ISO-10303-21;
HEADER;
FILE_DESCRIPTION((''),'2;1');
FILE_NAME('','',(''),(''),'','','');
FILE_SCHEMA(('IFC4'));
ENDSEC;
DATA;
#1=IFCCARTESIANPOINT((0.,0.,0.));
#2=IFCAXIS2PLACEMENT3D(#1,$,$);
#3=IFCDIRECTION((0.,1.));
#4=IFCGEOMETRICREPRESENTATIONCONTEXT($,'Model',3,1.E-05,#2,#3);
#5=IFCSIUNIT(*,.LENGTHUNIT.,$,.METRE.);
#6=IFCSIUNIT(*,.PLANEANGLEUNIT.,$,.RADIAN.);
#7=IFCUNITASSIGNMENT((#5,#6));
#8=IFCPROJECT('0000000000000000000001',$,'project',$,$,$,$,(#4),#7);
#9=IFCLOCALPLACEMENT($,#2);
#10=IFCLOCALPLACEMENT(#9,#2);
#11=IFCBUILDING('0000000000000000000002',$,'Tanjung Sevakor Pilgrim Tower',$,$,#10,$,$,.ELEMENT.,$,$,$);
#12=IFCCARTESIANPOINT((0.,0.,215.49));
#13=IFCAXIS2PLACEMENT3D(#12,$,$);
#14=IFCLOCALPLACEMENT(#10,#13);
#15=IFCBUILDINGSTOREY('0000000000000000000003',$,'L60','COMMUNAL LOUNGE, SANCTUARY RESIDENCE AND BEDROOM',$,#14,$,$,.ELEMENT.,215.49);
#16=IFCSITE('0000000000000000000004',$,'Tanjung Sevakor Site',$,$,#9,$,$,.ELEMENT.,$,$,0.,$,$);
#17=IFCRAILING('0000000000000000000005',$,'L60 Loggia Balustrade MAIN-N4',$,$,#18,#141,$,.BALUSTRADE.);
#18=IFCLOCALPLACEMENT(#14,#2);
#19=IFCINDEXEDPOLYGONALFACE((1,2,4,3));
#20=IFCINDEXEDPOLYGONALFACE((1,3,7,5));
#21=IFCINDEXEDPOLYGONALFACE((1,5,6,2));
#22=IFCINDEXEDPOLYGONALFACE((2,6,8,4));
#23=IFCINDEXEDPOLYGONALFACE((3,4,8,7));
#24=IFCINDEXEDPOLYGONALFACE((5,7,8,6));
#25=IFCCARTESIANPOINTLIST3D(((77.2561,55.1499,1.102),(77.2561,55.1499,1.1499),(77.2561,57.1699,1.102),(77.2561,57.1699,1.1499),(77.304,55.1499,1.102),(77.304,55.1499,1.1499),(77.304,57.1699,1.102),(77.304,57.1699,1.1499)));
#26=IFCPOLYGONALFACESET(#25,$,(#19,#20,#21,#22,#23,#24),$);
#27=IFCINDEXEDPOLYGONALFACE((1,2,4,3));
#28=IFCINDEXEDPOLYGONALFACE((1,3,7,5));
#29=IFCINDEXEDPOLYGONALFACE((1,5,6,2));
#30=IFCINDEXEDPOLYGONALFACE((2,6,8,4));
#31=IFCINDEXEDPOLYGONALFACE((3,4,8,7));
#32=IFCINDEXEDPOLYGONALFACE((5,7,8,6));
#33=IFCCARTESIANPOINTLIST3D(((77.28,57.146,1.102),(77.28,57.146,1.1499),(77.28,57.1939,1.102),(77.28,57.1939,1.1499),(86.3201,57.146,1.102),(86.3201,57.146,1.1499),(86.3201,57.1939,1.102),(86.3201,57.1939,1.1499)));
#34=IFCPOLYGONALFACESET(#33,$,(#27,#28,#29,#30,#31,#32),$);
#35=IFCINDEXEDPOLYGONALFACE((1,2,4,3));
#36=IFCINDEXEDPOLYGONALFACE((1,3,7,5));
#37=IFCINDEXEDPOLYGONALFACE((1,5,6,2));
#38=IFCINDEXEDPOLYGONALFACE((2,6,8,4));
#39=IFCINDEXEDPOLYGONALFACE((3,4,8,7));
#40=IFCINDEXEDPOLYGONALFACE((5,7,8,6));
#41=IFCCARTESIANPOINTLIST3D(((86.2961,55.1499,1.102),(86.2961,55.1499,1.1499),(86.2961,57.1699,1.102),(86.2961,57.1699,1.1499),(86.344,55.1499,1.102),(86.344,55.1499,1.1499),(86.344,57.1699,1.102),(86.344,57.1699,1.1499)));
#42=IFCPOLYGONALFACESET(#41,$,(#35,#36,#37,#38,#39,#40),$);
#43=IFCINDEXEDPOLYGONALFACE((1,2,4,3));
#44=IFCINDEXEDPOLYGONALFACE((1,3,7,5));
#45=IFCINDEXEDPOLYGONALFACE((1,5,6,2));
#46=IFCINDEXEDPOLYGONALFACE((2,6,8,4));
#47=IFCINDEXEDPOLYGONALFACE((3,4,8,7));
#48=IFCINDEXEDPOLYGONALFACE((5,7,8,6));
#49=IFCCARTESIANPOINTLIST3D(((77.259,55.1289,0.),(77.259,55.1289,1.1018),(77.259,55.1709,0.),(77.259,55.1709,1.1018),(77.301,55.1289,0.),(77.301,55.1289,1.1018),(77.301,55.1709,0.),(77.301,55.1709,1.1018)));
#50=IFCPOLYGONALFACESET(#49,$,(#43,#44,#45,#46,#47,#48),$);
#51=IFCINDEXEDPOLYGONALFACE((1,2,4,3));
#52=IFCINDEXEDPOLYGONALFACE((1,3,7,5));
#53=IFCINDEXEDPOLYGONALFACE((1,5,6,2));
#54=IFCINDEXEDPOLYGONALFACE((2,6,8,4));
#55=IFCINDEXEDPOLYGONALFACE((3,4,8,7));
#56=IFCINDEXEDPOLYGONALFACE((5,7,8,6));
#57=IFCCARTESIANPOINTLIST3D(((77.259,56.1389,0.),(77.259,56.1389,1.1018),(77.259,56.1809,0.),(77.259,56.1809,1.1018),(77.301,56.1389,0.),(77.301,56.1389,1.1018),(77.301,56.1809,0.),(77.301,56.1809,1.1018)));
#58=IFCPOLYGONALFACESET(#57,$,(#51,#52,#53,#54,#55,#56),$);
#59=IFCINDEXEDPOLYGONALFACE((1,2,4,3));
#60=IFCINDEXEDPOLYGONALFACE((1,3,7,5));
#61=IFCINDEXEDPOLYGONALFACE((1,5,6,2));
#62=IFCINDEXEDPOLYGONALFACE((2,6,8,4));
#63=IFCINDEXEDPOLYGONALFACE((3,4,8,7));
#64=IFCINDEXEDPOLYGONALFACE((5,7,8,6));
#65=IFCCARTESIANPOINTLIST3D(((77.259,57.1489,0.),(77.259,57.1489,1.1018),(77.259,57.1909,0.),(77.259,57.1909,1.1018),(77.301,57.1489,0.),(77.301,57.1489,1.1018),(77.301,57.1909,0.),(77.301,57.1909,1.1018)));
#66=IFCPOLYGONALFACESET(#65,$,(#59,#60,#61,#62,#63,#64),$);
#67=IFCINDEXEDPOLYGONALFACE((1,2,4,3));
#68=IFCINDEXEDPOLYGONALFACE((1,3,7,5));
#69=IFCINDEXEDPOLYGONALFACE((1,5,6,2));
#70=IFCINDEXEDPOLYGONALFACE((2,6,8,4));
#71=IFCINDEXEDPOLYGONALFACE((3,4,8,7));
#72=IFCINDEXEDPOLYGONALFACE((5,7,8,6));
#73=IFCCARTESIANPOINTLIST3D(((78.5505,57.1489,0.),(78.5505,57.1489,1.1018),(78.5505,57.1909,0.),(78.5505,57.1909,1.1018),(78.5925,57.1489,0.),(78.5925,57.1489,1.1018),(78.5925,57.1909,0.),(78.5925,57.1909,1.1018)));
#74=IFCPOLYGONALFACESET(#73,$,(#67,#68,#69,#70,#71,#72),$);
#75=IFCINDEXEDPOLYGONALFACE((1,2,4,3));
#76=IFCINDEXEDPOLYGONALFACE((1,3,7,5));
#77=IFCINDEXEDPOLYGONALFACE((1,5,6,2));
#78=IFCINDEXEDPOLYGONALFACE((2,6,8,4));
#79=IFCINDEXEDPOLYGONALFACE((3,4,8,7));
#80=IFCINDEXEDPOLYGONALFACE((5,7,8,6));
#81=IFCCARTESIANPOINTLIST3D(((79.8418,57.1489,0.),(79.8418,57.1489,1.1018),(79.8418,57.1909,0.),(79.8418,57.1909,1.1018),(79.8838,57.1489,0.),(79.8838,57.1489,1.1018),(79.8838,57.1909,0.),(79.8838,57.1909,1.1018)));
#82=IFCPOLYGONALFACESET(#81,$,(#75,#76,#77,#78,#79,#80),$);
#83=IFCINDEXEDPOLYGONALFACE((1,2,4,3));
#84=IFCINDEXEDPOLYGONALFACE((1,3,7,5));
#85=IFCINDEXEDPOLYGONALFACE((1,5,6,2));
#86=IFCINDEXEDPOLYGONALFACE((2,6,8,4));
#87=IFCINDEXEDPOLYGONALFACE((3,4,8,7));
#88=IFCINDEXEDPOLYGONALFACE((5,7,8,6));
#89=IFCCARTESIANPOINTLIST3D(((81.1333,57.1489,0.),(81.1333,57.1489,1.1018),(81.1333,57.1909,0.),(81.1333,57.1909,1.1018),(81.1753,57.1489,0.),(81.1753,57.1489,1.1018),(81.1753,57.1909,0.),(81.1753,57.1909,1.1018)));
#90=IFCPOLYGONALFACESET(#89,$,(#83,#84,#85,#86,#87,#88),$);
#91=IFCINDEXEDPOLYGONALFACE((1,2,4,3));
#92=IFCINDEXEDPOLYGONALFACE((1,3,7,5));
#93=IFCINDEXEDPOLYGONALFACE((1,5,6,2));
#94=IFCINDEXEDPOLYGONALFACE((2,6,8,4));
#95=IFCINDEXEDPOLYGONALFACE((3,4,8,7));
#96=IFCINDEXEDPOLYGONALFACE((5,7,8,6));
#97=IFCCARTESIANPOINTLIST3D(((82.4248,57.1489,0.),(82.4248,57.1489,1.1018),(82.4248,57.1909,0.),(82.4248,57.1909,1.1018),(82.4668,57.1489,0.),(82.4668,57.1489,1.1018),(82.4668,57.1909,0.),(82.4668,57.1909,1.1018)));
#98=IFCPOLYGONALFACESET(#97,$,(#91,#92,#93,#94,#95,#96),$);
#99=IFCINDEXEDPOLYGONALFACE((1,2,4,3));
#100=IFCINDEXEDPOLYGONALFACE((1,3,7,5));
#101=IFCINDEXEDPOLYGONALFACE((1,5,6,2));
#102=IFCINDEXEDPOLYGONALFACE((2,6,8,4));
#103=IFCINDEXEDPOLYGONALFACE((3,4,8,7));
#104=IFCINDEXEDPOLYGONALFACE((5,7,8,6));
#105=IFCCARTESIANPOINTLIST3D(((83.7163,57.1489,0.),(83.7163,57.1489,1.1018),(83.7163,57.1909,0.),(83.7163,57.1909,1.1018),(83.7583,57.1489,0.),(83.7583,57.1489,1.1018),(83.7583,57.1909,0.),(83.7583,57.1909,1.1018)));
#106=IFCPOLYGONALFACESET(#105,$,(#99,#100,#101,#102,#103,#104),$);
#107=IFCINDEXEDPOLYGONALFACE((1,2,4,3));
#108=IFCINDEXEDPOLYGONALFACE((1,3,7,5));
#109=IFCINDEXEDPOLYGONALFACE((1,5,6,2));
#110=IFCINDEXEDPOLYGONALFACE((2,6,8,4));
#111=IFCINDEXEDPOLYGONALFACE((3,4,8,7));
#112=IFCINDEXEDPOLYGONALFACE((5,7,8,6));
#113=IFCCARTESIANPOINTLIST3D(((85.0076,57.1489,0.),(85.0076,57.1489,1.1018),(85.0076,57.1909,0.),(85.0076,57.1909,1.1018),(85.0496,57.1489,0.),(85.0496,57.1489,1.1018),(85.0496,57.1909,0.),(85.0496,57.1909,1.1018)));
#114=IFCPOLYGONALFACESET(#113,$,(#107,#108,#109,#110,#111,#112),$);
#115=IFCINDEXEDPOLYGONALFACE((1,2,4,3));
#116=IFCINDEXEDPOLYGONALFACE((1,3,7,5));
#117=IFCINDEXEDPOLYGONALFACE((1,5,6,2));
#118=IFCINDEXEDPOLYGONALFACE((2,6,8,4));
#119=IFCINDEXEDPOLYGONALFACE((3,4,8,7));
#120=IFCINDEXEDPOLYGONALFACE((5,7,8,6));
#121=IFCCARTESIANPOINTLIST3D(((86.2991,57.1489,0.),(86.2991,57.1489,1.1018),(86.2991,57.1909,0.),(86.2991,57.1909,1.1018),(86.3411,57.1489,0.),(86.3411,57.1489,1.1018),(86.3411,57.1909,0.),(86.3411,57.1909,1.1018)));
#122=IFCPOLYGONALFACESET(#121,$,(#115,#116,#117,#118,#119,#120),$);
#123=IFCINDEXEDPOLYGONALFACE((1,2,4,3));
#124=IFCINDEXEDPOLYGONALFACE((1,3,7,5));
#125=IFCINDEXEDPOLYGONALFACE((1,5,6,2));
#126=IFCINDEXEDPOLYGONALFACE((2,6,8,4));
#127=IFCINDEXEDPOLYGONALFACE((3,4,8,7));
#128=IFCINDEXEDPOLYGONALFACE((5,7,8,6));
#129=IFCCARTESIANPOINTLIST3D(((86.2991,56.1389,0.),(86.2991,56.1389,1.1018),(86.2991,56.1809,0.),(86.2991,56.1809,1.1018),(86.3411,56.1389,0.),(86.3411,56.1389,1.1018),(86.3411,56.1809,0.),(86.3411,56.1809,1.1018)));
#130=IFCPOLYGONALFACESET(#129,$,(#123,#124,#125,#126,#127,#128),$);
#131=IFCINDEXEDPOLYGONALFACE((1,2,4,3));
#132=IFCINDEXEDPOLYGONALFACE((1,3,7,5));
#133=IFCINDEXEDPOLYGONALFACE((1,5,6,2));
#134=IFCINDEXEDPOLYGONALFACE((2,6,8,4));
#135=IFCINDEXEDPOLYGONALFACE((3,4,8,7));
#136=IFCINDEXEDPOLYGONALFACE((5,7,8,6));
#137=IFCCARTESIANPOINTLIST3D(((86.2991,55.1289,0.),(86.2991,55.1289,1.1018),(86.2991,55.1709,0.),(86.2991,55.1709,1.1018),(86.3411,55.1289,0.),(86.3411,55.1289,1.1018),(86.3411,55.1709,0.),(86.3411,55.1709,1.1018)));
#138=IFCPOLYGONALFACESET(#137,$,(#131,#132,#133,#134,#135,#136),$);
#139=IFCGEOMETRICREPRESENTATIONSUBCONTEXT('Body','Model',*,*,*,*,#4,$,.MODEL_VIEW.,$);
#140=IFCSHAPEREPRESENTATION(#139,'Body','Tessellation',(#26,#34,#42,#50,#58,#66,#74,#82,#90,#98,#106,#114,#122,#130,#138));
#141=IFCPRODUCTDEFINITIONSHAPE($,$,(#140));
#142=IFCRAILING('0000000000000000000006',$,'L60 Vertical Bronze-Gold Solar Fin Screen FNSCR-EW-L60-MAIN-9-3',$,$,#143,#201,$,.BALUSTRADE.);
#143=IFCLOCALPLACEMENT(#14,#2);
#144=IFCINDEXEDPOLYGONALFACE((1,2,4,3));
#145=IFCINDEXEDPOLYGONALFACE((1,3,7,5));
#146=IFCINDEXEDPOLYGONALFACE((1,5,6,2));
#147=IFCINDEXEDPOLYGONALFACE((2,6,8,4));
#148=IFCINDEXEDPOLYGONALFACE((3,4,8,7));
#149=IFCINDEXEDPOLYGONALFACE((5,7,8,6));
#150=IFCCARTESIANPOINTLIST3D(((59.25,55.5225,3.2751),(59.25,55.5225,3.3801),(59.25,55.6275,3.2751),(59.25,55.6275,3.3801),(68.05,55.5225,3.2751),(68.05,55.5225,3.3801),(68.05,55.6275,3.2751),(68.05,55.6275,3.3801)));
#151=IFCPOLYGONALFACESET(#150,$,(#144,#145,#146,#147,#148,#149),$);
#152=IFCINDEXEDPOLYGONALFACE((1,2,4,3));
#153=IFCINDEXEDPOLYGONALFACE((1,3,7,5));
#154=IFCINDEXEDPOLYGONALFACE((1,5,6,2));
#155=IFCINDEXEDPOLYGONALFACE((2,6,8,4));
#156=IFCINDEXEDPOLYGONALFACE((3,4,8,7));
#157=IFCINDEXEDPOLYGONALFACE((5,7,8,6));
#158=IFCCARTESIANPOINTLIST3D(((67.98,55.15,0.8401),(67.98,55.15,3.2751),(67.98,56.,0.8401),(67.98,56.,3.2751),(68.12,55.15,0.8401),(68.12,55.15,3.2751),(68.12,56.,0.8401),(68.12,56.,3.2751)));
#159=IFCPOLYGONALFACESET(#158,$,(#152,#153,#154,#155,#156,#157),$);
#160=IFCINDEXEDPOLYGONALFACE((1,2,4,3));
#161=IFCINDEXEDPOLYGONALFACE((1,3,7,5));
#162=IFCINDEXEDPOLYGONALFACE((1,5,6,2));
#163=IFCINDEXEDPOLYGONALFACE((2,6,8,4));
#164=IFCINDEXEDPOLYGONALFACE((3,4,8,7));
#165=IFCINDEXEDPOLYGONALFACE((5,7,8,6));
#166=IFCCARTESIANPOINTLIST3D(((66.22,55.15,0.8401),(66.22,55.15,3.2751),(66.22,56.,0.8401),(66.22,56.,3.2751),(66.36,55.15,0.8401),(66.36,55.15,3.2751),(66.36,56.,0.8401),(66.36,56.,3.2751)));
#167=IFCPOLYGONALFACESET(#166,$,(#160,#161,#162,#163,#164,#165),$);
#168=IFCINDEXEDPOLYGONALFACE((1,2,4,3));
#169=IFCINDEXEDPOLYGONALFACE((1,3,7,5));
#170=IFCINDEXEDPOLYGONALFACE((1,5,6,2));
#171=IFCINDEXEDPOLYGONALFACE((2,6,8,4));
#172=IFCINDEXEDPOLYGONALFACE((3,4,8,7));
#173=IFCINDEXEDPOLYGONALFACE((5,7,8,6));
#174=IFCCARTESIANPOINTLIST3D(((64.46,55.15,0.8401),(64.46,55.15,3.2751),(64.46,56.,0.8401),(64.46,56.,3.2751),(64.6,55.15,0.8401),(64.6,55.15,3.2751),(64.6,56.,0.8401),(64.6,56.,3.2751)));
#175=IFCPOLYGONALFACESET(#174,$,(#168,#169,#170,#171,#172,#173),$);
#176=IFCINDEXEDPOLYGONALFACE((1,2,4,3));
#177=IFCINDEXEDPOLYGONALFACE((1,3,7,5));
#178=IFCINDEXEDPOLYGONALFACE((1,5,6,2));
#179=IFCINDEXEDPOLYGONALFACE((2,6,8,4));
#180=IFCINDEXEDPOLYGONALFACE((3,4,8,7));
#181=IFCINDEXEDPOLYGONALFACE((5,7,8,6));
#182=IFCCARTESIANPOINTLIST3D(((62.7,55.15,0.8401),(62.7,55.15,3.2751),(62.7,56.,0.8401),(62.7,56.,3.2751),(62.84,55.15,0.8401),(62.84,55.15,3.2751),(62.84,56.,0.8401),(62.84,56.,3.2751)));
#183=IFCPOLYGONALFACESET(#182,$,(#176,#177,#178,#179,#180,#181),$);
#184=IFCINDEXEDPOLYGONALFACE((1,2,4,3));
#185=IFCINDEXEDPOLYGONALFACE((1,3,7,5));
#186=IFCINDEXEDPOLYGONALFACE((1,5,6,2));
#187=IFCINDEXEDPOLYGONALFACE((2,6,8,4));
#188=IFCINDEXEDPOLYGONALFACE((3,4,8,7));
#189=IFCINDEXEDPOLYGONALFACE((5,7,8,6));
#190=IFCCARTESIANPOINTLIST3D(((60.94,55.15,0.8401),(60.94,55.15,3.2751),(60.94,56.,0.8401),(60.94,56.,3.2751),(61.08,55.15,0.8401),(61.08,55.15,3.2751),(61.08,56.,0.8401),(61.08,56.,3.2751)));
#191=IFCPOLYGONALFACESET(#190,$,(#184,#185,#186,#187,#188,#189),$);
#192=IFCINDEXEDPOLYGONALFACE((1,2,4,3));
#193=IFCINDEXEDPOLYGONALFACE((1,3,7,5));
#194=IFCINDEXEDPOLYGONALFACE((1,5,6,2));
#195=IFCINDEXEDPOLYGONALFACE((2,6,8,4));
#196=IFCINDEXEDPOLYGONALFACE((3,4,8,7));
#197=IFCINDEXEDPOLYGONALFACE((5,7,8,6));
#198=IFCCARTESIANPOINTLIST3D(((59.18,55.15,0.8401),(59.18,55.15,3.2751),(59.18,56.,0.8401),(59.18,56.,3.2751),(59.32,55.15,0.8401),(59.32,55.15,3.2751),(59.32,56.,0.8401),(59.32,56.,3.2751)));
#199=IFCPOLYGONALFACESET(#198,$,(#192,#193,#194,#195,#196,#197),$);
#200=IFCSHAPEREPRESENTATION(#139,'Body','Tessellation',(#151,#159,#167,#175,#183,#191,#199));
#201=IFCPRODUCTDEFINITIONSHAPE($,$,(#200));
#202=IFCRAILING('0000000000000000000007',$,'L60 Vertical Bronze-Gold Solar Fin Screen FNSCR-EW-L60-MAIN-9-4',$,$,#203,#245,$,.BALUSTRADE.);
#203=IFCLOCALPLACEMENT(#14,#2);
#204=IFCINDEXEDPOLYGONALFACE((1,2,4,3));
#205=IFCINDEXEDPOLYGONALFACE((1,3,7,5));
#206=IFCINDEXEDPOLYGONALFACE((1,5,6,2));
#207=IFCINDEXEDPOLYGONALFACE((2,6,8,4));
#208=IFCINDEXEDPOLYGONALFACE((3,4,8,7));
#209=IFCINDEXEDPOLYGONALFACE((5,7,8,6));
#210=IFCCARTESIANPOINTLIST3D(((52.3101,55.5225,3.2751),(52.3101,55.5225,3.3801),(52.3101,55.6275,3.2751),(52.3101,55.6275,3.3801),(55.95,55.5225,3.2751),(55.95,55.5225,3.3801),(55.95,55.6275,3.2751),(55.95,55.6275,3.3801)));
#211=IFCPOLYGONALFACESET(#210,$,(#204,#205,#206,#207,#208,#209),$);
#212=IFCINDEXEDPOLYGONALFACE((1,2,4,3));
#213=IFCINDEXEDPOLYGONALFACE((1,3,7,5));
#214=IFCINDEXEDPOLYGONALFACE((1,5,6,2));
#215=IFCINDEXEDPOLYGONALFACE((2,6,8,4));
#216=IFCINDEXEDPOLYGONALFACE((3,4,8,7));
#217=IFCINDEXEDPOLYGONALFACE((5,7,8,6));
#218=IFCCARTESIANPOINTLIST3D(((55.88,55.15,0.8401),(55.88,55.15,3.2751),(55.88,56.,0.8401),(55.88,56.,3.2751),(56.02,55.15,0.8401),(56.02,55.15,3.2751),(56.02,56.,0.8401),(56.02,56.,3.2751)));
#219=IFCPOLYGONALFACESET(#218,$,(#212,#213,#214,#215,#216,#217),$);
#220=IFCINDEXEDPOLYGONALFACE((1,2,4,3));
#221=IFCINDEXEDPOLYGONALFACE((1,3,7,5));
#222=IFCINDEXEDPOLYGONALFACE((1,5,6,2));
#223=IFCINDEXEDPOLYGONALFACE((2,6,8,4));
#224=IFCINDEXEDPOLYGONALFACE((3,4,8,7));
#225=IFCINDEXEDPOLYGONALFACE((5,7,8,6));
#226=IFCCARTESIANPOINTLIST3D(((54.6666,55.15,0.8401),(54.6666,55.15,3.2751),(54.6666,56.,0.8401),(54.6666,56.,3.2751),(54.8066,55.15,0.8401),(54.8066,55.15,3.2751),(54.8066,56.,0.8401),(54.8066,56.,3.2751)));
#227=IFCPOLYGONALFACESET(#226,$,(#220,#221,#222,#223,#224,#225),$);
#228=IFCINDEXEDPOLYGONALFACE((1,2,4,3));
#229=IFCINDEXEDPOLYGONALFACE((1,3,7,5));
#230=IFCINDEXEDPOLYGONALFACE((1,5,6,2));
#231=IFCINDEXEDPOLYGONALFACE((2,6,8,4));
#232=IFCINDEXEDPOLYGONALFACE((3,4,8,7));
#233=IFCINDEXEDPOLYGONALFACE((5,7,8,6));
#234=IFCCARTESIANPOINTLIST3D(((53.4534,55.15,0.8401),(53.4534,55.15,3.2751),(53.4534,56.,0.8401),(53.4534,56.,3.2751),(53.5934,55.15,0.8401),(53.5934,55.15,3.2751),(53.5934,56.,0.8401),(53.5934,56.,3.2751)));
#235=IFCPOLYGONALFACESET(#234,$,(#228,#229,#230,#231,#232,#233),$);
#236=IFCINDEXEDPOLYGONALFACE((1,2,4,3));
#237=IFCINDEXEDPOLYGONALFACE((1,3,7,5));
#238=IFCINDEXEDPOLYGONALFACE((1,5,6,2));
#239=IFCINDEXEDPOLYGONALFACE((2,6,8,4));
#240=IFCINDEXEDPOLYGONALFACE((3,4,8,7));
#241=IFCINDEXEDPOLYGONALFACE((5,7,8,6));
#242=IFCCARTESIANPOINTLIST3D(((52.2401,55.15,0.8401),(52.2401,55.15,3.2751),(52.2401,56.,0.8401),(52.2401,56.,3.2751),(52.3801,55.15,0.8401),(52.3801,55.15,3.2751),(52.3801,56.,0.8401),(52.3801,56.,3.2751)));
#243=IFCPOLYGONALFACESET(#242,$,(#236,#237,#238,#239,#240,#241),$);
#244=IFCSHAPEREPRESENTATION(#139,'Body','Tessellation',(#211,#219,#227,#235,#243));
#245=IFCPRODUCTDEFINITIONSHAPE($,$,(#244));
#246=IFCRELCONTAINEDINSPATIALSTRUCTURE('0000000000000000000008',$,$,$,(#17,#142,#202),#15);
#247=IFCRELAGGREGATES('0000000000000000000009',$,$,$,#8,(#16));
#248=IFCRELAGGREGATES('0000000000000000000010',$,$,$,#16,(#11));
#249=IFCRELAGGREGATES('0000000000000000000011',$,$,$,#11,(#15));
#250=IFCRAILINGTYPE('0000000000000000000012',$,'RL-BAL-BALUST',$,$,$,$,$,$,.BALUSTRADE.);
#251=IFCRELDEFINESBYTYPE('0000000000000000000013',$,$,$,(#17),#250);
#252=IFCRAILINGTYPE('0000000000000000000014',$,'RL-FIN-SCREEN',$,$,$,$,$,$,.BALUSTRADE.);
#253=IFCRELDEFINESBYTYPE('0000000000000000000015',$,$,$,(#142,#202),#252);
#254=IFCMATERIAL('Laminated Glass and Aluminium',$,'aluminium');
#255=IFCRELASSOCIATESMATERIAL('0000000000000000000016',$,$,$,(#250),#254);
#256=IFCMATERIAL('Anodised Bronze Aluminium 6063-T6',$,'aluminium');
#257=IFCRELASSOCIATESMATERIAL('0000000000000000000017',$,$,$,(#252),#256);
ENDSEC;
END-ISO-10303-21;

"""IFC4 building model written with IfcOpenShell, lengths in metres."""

from ifc_helpers import new_model, si_unit, direction, frame, origin, place, context, subcontext, project, spatial, rectangle, extrude, material, type_object, element, save


model = new_model("IFC4")

# Units and contexts
model_context = context("Model", 3, precision=1e-05, world=origin(), true_north=direction((0.0, 1.0)))
body_context = subcontext(model_context, "Body", "Model", "MODEL_VIEW")
ifc_project = project(units=[si_unit("LENGTHUNIT", "METRE"), si_unit("PLANEANGLEUNIT", "RADIAN")], contexts=[model_context])

# Site, building, storey
site_placement = place(None, origin())
site = spatial("IfcSite", under=ifc_project, at=site_placement, Name="Tanjung Sevakor Site", CompositionType="ELEMENT", RefElevation=0.0)
building_placement = place(site_placement, origin())
building = spatial("IfcBuilding", under=site, at=building_placement, Name="Tanjung Sevakor Pilgrim Tower", CompositionType="ELEMENT")
storey_placement = place(building_placement, frame((0.0, 0.0, 215.49)))
storey = spatial("IfcBuildingStorey", under=building, at=storey_placement, Name="L60", Description="COMMUNAL LOUNGE, SANCTUARY RESIDENCE AND BEDROOM", CompositionType="ELEMENT", Elevation=215.49)

# Railings
ifc_material_1 = material(Name="Laminated Glass and Aluminium", Category="aluminium")
railing_type_1 = type_object("IfcRailingType", Name="RL-BAL-BALUST", PredefinedType="BALUSTRADE", material=ifc_material_1)
railing_1_placement = place(storey_placement, frame((77.28, 55.1499, 0.0)))
element("IfcRailing", 1, at=railing_1_placement, inside=storey, type_object=railing_type_1, Name="L60 Loggia Balustrade MAIN-N4", PredefinedType="BALUSTRADE", context=body_context, shape_type="SweptSolid", body=[
    extrude(rectangle(XDim=0.0479, YDim=0.0479), frame((0.0, 0.0, 1.126), z_axis=(0.0, 1.0, 0.0), x_axis=(-1.0, 0.0, 0.0)), (0.0, 0.0, 1.0), 2.02),
    extrude(rectangle(XDim=0.0479, YDim=0.0479), frame((0.0, 2.02, 1.126), z_axis=(1.0, 0.0, 0.0), x_axis=(0.0, 1.0, 0.0)), (0.0, 0.0, 1.0), 9.04),
    extrude(rectangle(XDim=0.0479, YDim=0.0479), frame((9.04, 2.02, 1.126), z_axis=(0.0, -1.0, 0.0), x_axis=(1.0, 0.0, 0.0)), (0.0, 0.0, 1.0), 2.02),
    extrude(rectangle(XDim=0.042, YDim=0.042), origin(), (0.0, 0.0, 1.0), 1.1018),
    extrude(rectangle(XDim=0.042, YDim=0.042), frame((0.0, 1.01, 0.0)), (0.0, 0.0, 1.0), 1.1018),
    extrude(rectangle(XDim=0.042, YDim=0.042), frame((0.0, 2.02, 0.0)), (0.0, 0.0, 1.0), 1.1018),
    extrude(rectangle(XDim=0.042, YDim=0.042), frame((1.2915, 2.02, 0.0)), (0.0, 0.0, 1.0), 1.1018),
    extrude(rectangle(XDim=0.042, YDim=0.042), frame((2.5828, 2.02, 0.0)), (0.0, 0.0, 1.0), 1.1018),
    extrude(rectangle(XDim=0.042, YDim=0.042), frame((3.8743, 2.02, 0.0)), (0.0, 0.0, 1.0), 1.1018),
    extrude(rectangle(XDim=0.042, YDim=0.042), frame((5.1658, 2.02, 0.0)), (0.0, 0.0, 1.0), 1.1018),
    extrude(rectangle(XDim=0.042, YDim=0.042), frame((6.4573, 2.02, 0.0)), (0.0, 0.0, 1.0), 1.1018),
    extrude(rectangle(XDim=0.042, YDim=0.042), frame((7.7485, 2.02, 0.0)), (0.0, 0.0, 1.0), 1.1018),
    extrude(rectangle(XDim=0.042, YDim=0.042), frame((9.04, 2.02, 0.0)), (0.0, 0.0, 1.0), 1.1018),
    extrude(rectangle(XDim=0.042, YDim=0.042), frame((9.04, 1.01, 0.0)), (0.0, 0.0, 1.0), 1.1018),
    extrude(rectangle(XDim=0.042, YDim=0.042), frame((9.04, 0.0, 0.0)), (0.0, 0.0, 1.0), 1.1018),
])
ifc_material_2 = material(Name="Anodised Bronze Aluminium 6063-T6", Category="aluminium")
railing_type_2 = type_object("IfcRailingType", Name="RL-FIN-SCREEN", PredefinedType="BALUSTRADE", material=ifc_material_2)
railing_2_placement = place(storey_placement, frame((68.05, 55.575, 0.8401)))
element("IfcRailing", 2, at=railing_2_placement, inside=storey, type_object=railing_type_2, Name="L60 Vertical Bronze-Gold Solar Fin Screen FNSCR-EW-L60-MAIN-9-3", PredefinedType="BALUSTRADE", context=body_context, shape_type="SweptSolid", body=[
    extrude(rectangle(XDim=0.105, YDim=0.105), frame((0.0, 0.0, 2.4875), z_axis=(-1.0, 0.0, 0.0), x_axis=(0.0, -1.0, 0.0)), (0.0, 0.0, 1.0), 8.8),
    extrude(rectangle(XDim=0.14, YDim=0.85), origin(), (0.0, 0.0, 1.0), 2.4351),
    extrude(rectangle(XDim=0.14, YDim=0.85), frame((-1.76, 0.0, 0.0)), (0.0, 0.0, 1.0), 2.4351),
    extrude(rectangle(XDim=0.14, YDim=0.85), frame((-3.52, 0.0, 0.0)), (0.0, 0.0, 1.0), 2.4351),
    extrude(rectangle(XDim=0.14, YDim=0.85), frame((-5.28, 0.0, 0.0)), (0.0, 0.0, 1.0), 2.4351),
    extrude(rectangle(XDim=0.14, YDim=0.85), frame((-7.04, 0.0, 0.0)), (0.0, 0.0, 1.0), 2.4351),
    extrude(rectangle(XDim=0.14, YDim=0.85), frame((-8.8, 0.0, 0.0)), (0.0, 0.0, 1.0), 2.4351),
])
railing_3_placement = place(storey_placement, frame((55.95, 55.575, 0.8401)))
element("IfcRailing", 3, at=railing_3_placement, inside=storey, type_object=railing_type_2, Name="L60 Vertical Bronze-Gold Solar Fin Screen FNSCR-EW-L60-MAIN-9-4", PredefinedType="BALUSTRADE", context=body_context, shape_type="SweptSolid", body=[
    extrude(rectangle(XDim=0.105, YDim=0.105), frame((0.0, 0.0, 2.4875), z_axis=(-1.0, 0.0, 0.0), x_axis=(0.0, -1.0, 0.0)), (0.0, 0.0, 1.0), 3.6399),
    extrude(rectangle(XDim=0.14, YDim=0.85), origin(), (0.0, 0.0, 1.0), 2.4351),
    extrude(rectangle(XDim=0.14, YDim=0.85), frame((-1.2134, 0.0, 0.0)), (0.0, 0.0, 1.0), 2.4351),
    extrude(rectangle(XDim=0.14, YDim=0.85), frame((-2.4265, 0.0, 0.0)), (0.0, 0.0, 1.0), 2.4351),
    extrude(rectangle(XDim=0.14, YDim=0.85), frame((-3.6399, 0.0, 0.0)), (0.0, 0.0, 1.0), 2.4351),
])

save(model, "model.ifc")
